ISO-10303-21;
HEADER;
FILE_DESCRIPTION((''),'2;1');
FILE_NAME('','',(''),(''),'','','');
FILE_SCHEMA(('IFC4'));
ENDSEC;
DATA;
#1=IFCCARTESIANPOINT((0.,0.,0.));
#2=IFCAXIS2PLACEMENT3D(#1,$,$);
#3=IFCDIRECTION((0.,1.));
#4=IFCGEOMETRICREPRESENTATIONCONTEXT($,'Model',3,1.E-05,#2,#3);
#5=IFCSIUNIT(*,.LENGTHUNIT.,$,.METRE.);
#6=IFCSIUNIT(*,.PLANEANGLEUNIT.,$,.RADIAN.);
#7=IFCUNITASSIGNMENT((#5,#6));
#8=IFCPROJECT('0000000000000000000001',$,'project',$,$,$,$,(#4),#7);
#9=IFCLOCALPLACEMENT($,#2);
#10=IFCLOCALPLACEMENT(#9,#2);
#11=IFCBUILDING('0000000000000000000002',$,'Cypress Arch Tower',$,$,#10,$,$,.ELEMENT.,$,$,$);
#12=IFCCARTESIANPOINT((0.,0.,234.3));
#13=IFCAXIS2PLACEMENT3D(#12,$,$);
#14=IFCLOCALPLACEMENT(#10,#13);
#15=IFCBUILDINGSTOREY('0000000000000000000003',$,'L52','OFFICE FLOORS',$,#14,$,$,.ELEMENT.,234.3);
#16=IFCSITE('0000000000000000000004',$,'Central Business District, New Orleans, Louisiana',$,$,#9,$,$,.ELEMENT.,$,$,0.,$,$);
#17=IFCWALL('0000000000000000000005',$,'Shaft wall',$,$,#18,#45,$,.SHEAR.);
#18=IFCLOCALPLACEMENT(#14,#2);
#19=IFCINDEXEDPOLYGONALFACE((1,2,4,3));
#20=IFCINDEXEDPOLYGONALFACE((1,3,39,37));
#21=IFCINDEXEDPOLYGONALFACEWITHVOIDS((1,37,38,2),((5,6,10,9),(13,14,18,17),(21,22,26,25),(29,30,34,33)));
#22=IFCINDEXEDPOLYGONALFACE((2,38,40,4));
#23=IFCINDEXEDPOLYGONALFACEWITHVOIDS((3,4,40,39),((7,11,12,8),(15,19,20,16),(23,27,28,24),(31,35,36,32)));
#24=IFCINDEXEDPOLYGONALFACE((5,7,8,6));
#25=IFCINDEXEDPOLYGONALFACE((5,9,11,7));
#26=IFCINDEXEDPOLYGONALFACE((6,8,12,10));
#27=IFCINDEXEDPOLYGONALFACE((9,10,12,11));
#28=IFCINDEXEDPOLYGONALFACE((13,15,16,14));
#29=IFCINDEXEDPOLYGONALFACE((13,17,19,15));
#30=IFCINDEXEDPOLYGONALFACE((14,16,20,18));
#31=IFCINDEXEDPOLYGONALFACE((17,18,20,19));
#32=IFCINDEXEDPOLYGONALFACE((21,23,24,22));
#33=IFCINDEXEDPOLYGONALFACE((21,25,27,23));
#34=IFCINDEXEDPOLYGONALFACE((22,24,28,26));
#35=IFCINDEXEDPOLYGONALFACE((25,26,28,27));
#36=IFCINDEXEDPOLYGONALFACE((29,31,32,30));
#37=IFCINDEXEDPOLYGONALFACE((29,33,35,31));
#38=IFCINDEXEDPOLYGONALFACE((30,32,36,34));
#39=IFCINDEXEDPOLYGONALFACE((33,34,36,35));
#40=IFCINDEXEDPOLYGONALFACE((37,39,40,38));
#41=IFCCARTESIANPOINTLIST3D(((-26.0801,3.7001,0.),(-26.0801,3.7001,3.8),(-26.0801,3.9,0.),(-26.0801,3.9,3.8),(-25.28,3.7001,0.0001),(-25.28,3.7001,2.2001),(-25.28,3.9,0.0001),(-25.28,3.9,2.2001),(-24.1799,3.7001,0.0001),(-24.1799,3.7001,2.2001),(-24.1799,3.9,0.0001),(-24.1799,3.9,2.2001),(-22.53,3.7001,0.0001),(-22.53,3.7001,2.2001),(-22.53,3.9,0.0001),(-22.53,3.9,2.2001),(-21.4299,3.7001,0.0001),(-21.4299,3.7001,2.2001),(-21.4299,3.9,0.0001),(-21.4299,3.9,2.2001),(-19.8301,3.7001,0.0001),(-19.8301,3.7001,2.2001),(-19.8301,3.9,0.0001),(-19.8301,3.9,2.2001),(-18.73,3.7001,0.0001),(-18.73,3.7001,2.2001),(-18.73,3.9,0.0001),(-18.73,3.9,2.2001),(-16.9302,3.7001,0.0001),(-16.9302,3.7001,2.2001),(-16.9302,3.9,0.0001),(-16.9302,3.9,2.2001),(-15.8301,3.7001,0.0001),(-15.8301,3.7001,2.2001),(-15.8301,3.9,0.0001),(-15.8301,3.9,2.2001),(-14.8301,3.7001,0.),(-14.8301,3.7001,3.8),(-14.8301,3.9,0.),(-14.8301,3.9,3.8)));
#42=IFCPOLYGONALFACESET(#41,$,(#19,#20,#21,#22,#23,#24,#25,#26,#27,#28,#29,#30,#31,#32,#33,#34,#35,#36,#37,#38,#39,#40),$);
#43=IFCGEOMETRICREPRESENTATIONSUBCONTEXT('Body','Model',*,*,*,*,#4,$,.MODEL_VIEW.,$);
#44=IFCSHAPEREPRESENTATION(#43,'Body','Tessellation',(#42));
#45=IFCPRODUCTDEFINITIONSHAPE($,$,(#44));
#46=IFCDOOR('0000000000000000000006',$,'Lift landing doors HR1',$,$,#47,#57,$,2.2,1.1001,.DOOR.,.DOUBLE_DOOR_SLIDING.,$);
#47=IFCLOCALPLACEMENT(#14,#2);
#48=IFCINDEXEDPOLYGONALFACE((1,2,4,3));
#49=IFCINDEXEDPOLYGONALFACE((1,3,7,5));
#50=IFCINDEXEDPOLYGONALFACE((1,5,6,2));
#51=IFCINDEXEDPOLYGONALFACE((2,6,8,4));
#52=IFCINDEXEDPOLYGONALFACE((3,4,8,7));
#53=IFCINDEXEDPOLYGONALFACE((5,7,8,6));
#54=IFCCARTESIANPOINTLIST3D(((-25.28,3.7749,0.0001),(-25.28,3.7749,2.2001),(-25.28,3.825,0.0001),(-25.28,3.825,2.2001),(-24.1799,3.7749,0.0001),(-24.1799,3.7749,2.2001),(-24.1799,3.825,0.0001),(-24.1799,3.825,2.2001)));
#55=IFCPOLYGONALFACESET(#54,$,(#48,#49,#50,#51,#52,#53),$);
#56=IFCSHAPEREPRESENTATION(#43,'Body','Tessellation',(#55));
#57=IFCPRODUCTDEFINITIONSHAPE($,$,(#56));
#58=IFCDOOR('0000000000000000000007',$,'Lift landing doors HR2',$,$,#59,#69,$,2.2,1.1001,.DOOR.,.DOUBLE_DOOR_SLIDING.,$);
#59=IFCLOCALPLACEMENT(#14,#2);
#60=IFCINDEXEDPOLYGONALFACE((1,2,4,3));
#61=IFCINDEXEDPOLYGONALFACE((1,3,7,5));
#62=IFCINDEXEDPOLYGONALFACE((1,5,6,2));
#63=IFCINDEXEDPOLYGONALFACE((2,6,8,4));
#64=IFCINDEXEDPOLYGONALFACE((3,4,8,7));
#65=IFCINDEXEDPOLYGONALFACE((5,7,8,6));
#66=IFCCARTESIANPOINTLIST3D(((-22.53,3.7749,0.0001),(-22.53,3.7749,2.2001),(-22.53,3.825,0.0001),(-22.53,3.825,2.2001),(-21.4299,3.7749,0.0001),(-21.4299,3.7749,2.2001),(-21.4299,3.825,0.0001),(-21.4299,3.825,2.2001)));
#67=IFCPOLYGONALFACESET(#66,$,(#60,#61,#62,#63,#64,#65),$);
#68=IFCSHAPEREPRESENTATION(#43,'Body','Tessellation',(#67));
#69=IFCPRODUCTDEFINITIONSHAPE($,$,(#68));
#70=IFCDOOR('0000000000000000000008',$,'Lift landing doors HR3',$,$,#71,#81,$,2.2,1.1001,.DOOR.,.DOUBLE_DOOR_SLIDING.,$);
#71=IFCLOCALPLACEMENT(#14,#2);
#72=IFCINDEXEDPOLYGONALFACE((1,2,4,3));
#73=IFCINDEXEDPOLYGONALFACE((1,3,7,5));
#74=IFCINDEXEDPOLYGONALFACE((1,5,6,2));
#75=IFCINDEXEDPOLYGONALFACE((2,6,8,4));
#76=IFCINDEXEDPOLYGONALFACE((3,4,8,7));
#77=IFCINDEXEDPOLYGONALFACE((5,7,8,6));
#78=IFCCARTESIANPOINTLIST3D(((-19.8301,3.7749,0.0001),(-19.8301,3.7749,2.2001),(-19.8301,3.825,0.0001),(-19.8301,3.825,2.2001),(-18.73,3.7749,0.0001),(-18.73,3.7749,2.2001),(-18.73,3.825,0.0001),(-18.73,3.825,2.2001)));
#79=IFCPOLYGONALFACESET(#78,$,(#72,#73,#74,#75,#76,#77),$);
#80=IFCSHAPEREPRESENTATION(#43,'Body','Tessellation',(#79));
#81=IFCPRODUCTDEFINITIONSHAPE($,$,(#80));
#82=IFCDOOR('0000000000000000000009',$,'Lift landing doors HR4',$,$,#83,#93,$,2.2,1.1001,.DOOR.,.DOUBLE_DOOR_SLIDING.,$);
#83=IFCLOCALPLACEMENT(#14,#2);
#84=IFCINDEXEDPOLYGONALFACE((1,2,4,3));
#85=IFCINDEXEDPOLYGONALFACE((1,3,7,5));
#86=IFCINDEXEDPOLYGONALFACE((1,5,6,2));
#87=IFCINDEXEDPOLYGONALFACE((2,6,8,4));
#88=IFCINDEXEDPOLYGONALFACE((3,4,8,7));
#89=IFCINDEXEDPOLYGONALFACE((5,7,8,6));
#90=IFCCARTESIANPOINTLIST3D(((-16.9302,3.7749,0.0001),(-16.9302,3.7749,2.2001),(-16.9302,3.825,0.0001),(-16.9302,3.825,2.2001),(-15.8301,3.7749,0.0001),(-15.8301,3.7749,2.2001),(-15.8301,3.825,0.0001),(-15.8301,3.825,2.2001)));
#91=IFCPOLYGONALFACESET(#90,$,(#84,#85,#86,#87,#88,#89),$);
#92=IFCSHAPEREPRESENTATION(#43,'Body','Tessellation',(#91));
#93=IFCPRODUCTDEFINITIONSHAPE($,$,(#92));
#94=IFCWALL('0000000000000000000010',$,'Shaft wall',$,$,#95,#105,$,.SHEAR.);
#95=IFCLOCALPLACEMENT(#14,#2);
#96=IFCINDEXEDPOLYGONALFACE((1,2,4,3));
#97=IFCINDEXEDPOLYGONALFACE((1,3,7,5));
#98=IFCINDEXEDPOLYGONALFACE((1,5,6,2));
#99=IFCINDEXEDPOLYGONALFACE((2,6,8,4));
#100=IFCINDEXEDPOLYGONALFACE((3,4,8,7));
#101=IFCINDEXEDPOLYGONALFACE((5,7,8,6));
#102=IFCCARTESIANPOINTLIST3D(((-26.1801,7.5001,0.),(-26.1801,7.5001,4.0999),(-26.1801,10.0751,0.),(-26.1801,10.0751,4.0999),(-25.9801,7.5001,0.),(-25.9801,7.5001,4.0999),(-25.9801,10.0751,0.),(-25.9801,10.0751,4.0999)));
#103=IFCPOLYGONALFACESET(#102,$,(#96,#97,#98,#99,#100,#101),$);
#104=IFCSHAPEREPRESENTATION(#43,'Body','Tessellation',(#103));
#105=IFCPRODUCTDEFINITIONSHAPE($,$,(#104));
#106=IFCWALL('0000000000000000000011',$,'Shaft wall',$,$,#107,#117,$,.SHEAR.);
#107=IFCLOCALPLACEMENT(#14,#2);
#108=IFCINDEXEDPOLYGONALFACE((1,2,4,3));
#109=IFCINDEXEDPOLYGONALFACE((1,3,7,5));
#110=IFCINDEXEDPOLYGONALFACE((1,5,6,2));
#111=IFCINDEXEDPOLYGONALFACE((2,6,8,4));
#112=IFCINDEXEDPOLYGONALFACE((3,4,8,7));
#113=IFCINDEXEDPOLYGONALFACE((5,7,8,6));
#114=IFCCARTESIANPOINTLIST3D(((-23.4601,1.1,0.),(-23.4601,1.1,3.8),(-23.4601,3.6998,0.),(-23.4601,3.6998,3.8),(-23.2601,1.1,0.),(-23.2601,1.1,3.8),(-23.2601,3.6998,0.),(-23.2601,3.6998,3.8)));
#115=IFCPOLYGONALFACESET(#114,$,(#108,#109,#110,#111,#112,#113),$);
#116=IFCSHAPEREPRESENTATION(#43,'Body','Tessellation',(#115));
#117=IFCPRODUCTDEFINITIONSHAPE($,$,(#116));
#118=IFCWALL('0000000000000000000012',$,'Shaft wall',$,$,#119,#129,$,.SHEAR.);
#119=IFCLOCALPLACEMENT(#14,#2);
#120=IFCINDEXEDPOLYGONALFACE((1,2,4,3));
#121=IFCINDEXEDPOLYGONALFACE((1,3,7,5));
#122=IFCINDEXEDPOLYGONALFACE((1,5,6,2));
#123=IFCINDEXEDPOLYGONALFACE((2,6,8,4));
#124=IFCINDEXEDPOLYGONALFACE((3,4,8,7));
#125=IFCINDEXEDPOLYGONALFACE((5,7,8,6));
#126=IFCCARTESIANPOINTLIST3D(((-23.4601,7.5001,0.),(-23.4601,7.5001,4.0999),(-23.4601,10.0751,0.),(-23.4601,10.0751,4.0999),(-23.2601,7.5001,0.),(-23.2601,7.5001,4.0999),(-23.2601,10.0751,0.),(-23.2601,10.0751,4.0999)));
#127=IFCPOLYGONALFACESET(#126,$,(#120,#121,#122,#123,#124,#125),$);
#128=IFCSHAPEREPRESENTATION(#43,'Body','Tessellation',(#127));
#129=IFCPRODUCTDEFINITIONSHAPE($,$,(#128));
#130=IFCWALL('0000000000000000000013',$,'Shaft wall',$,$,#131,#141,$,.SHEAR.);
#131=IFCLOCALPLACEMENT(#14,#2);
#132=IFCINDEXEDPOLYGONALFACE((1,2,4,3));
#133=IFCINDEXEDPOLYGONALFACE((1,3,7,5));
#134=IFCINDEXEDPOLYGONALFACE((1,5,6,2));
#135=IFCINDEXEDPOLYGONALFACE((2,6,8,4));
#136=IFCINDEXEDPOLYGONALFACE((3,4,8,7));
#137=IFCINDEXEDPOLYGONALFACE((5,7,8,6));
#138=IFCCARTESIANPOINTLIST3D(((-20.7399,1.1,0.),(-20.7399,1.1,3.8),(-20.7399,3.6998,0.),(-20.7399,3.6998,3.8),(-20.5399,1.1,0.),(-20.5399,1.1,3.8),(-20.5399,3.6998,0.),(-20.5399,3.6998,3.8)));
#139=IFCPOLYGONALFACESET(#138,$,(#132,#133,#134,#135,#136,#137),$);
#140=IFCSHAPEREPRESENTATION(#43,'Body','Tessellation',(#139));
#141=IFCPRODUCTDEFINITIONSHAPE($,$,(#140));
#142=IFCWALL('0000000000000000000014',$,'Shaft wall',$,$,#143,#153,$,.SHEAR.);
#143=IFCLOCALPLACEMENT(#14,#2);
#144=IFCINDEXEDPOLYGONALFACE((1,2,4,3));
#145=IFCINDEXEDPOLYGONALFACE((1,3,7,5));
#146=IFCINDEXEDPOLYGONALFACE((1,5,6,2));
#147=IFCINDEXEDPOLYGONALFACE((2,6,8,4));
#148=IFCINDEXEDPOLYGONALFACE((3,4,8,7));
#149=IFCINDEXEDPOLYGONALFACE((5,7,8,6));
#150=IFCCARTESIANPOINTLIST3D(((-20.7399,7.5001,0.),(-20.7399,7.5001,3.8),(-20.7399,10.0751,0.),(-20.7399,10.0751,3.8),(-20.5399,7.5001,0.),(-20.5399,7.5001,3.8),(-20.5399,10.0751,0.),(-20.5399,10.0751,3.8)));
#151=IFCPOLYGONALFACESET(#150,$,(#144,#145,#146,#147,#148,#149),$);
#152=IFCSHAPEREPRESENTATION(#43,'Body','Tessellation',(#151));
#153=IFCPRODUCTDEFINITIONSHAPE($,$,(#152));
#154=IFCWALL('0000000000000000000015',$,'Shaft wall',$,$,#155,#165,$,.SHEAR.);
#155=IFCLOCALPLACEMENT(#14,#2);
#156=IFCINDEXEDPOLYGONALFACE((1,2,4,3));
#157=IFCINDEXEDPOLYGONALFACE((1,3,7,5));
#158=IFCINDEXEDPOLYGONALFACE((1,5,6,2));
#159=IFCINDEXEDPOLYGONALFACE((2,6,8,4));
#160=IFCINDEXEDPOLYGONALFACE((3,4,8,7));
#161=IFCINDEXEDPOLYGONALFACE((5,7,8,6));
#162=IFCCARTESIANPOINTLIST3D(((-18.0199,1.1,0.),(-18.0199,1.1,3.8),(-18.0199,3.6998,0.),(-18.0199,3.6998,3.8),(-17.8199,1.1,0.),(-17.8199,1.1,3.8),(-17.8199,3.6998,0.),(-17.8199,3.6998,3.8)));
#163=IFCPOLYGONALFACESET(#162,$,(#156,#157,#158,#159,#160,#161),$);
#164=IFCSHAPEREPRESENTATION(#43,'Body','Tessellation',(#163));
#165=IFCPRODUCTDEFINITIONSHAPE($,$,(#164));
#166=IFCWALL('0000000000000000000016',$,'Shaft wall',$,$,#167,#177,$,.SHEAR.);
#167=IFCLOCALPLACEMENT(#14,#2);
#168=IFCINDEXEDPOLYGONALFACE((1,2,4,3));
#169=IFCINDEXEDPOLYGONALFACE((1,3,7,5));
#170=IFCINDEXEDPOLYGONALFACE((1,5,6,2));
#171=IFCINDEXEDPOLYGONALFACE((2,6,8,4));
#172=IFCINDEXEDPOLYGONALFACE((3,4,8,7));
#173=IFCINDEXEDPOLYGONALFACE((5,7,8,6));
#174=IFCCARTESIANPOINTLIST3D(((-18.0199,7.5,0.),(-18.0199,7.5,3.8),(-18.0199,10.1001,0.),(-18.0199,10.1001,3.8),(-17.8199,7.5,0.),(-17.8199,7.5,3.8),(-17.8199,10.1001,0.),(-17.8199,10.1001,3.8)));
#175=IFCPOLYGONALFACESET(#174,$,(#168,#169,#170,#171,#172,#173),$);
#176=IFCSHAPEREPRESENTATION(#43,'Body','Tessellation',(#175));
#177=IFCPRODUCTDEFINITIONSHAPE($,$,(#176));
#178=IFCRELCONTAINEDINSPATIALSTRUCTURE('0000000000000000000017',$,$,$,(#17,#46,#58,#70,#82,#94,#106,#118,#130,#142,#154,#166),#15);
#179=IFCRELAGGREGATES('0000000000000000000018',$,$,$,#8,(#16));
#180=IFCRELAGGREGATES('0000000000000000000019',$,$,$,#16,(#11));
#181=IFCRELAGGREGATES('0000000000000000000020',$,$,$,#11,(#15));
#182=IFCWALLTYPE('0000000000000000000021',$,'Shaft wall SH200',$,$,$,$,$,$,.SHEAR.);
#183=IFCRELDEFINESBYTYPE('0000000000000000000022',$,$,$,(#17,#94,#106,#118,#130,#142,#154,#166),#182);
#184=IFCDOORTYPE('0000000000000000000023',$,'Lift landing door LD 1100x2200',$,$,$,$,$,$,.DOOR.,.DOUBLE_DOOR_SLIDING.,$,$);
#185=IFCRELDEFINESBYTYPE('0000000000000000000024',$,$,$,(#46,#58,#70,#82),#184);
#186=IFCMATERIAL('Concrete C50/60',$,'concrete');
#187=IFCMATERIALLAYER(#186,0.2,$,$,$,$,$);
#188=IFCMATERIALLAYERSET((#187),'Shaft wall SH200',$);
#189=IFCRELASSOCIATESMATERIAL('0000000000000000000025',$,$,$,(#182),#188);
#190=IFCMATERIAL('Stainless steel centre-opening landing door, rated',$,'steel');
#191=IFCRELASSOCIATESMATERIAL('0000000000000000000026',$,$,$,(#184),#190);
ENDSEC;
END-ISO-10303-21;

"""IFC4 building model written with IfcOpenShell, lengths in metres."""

from ifc_helpers import new_model, si_unit, direction, frame, frame_2d, origin, place, context, subcontext, project, spatial, rectangle, extrude, material, layer, layer_set, type_object, element, fill, save


model = new_model("IFC4")

# Units and contexts
model_context = context("Model", 3, precision=1e-05, world=origin(), true_north=direction((0.0, 1.0)))
body_context = subcontext(model_context, "Body", "Model", "MODEL_VIEW")
ifc_project = project(units=[si_unit("LENGTHUNIT", "METRE"), si_unit("PLANEANGLEUNIT", "RADIAN")], contexts=[model_context])

# Site, building, storey
site_placement = place(None, origin())
site = spatial("IfcSite", under=ifc_project, at=site_placement, Name="Central Business District, New Orleans, Louisiana", CompositionType="ELEMENT", RefElevation=0.0)
building_placement = place(site_placement, origin())
building = spatial("IfcBuilding", under=site, at=building_placement, Name="Cypress Arch Tower", CompositionType="ELEMENT")
storey_placement = place(building_placement, frame((0.0, 0.0, 234.3)))
storey = spatial("IfcBuildingStorey", under=building, at=storey_placement, Name="L52", Description="OFFICE FLOORS", CompositionType="ELEMENT", Elevation=234.3)

# Shared definitions
ifc_material_1 = material(Name="Concrete C50/60", Category="concrete")
ifc_layer_1 = layer(ifc_material_1, 0.2)
ifc_layer_set_1 = layer_set([ifc_layer_1], Name="Shaft wall SH200")
wall_type_1 = type_object("IfcWallType", Name="Shaft wall SH200", PredefinedType="SHEAR", material=ifc_layer_set_1)
ifc_material_2 = material(Name="Stainless steel centre-opening landing door, rated", Category="steel")
door_type_1 = type_object("IfcDoorType", Name="Lift landing door LD 1100x2200", OperationType="DOUBLE_DOOR_SLIDING", PredefinedType="DOOR", material=ifc_material_2)

# Wall, openings, doors
wall_1_placement = place(storey_placement, frame((-26.0801, 3.8, 0.0), z_axis=(0.0, 0.0, 1.0), x_axis=(1.0, 0.0, 0.0)))
wall_1 = element("IfcWall", 1, at=wall_1_placement, inside=storey, type_object=wall_type_1, Name="Shaft wall", PredefinedType="SHEAR", context=body_context, shape_type="SweptSolid", body=[
    extrude(rectangle(XDim=11.25, YDim=0.2, at=frame_2d((5.625, 0.0))), origin(), (0.0, 0.0, 1.0), 3.8),
])
opening_1_placement = place(wall_1_placement, frame((0.8, 0.0, 0.0)))
opening_1 = element("IfcOpeningElement", 2, at=opening_1_placement, cuts=wall_1, PredefinedType="OPENING", context=body_context, shape_type="SweptSolid", body=[
    extrude(rectangle(XDim=1.1001, YDim=2.2, at=frame_2d((0.55, 1.1001))), frame((0.0, 0.1099, 0.0), z_axis=(0.0, -1.0, 0.0), x_axis=(1.0, 0.0, 0.0)), (0.0, 0.0, 1.0), 0.22),
])
opening_2_placement = place(wall_1_placement, frame((3.55, 0.0, 0.0)))
opening_2 = element("IfcOpeningElement", 3, at=opening_2_placement, cuts=wall_1, PredefinedType="OPENING", context=body_context, shape_type="SweptSolid", body=[
    extrude(rectangle(XDim=1.1001, YDim=2.2, at=frame_2d((0.55, 1.1001))), frame((0.0, 0.1099, 0.0), z_axis=(0.0, -1.0, 0.0), x_axis=(1.0, 0.0, 0.0)), (0.0, 0.0, 1.0), 0.22),
])
opening_3_placement = place(wall_1_placement, frame((6.25, 0.0, 0.0)))
opening_3 = element("IfcOpeningElement", 4, at=opening_3_placement, cuts=wall_1, PredefinedType="OPENING", context=body_context, shape_type="SweptSolid", body=[
    extrude(rectangle(XDim=1.1001, YDim=2.2, at=frame_2d((0.55, 1.1001))), frame((0.0, 0.1099, 0.0), z_axis=(0.0, -1.0, 0.0), x_axis=(1.0, 0.0, 0.0)), (0.0, 0.0, 1.0), 0.22),
])
opening_4_placement = place(wall_1_placement, frame((9.1499, 0.0, 0.0)))
opening_4 = element("IfcOpeningElement", 5, at=opening_4_placement, cuts=wall_1, PredefinedType="OPENING", context=body_context, shape_type="SweptSolid", body=[
    extrude(rectangle(XDim=1.1001, YDim=2.2, at=frame_2d((0.55, 1.1001))), frame((0.0, 0.1099, 0.0), z_axis=(0.0, -1.0, 0.0), x_axis=(1.0, 0.0, 0.0)), (0.0, 0.0, 1.0), 0.22),
])
door_1_placement = place(opening_1_placement, origin())
door_1 = element("IfcDoor", 6, at=door_1_placement, inside=storey, type_object=door_type_1, Name="Lift landing doors HR1", OperationType="DOUBLE_DOOR_SLIDING", OverallHeight=2.2, OverallWidth=1.1001, PredefinedType="DOOR", context=body_context, shape_type="SweptSolid", body=[
    extrude(rectangle(XDim=1.1001, YDim=2.2, at=frame_2d((0.55, 1.1001))), frame((0.0, 0.0249, 0.0), z_axis=(0.0, -1.0, 0.0), x_axis=(1.0, 0.0, 0.0)), (0.0, 0.0, 1.0), 0.05),
])
fill(opening_1, door_1)
door_2_placement = place(opening_2_placement, origin())
door_2 = element("IfcDoor", 7, at=door_2_placement, inside=storey, type_object=door_type_1, Name="Lift landing doors HR2", OperationType="DOUBLE_DOOR_SLIDING", OverallHeight=2.2, OverallWidth=1.1001, PredefinedType="DOOR", context=body_context, shape_type="SweptSolid", body=[
    extrude(rectangle(XDim=1.1001, YDim=2.2, at=frame_2d((0.55, 1.1001))), frame((0.0, 0.0249, 0.0), z_axis=(0.0, -1.0, 0.0), x_axis=(1.0, 0.0, 0.0)), (0.0, 0.0, 1.0), 0.05),
])
fill(opening_2, door_2)
door_3_placement = place(opening_3_placement, origin())
door_3 = element("IfcDoor", 8, at=door_3_placement, inside=storey, type_object=door_type_1, Name="Lift landing doors HR3", OperationType="DOUBLE_DOOR_SLIDING", OverallHeight=2.2, OverallWidth=1.1001, PredefinedType="DOOR", context=body_context, shape_type="SweptSolid", body=[
    extrude(rectangle(XDim=1.1001, YDim=2.2, at=frame_2d((0.55, 1.1001))), frame((0.0, 0.0249, 0.0), z_axis=(0.0, -1.0, 0.0), x_axis=(1.0, 0.0, 0.0)), (0.0, 0.0, 1.0), 0.05),
])
fill(opening_3, door_3)
door_4_placement = place(opening_4_placement, origin())
door_4 = element("IfcDoor", 9, at=door_4_placement, inside=storey, type_object=door_type_1, Name="Lift landing doors HR4", OperationType="DOUBLE_DOOR_SLIDING", OverallHeight=2.2, OverallWidth=1.1001, PredefinedType="DOOR", context=body_context, shape_type="SweptSolid", body=[
    extrude(rectangle(XDim=1.1001, YDim=2.2, at=frame_2d((0.55, 1.1001))), frame((0.0, 0.0249, 0.0), z_axis=(0.0, -1.0, 0.0), x_axis=(1.0, 0.0, 0.0)), (0.0, 0.0, 1.0), 0.05),
])
fill(opening_4, door_4)

# Walls
wall_2_placement = place(storey_placement, frame((-26.0801, 7.5, 0.0), z_axis=(0.0, 0.0, 1.0), x_axis=(0.0, 1.0, 0.0)))
element("IfcWall", 10, at=wall_2_placement, inside=storey, type_object=wall_type_1, Name="Shaft wall", PredefinedType="SHEAR", context=body_context, shape_type="SweptSolid", body=[
    extrude(rectangle(XDim=2.575, YDim=0.2, at=frame_2d((1.2876, 0.0))), origin(), (0.0, 0.0, 1.0), 4.0999),
])
wall_3_placement = place(storey_placement, frame((-23.3601, 1.1001, 0.0), z_axis=(0.0, 0.0, 1.0), x_axis=(0.0, 1.0, 0.0)))
element("IfcWall", 11, at=wall_3_placement, inside=storey, type_object=wall_type_1, Name="Shaft wall", PredefinedType="SHEAR", context=body_context, shape_type="SweptSolid", body=[
    extrude(rectangle(XDim=2.5999, YDim=0.2, at=frame_2d((1.2998, 0.0))), origin(), (0.0, 0.0, 1.0), 3.8),
])
wall_4_placement = place(storey_placement, frame((-23.3601, 7.5, 0.0), z_axis=(0.0, 0.0, 1.0), x_axis=(0.0, 1.0, 0.0)))
element("IfcWall", 12, at=wall_4_placement, inside=storey, type_object=wall_type_1, Name="Shaft wall", PredefinedType="SHEAR", context=body_context, shape_type="SweptSolid", body=[
    extrude(rectangle(XDim=2.575, YDim=0.2, at=frame_2d((1.2876, 0.0))), origin(), (0.0, 0.0, 1.0), 4.0999),
])
wall_5_placement = place(storey_placement, frame((-20.6399, 1.1001, 0.0), z_axis=(0.0, 0.0, 1.0), x_axis=(0.0, 1.0, 0.0)))
element("IfcWall", 13, at=wall_5_placement, inside=storey, type_object=wall_type_1, Name="Shaft wall", PredefinedType="SHEAR", context=body_context, shape_type="SweptSolid", body=[
    extrude(rectangle(XDim=2.5999, YDim=0.2, at=frame_2d((1.2998, 0.0))), origin(), (0.0, 0.0, 1.0), 3.8),
])
wall_6_placement = place(storey_placement, frame((-20.6399, 7.5, 0.0), z_axis=(0.0, 0.0, 1.0), x_axis=(0.0, 1.0, 0.0)))
element("IfcWall", 14, at=wall_6_placement, inside=storey, type_object=wall_type_1, Name="Shaft wall", PredefinedType="SHEAR", context=body_context, shape_type="SweptSolid", body=[
    extrude(rectangle(XDim=2.575, YDim=0.2, at=frame_2d((1.2876, 0.0))), origin(), (0.0, 0.0, 1.0), 3.8),
])
wall_7_placement = place(storey_placement, frame((-17.9199, 1.1001, 0.0), z_axis=(0.0, 0.0, 1.0), x_axis=(0.0, 1.0, 0.0)))
element("IfcWall", 15, at=wall_7_placement, inside=storey, type_object=wall_type_1, Name="Shaft wall", PredefinedType="SHEAR", context=body_context, shape_type="SweptSolid", body=[
    extrude(rectangle(XDim=2.5999, YDim=0.2, at=frame_2d((1.2998, 0.0))), origin(), (0.0, 0.0, 1.0), 3.8),
])
wall_8_placement = place(storey_placement, frame((-17.9199, 7.5, 0.0), z_axis=(0.0, 0.0, 1.0), x_axis=(0.0, 1.0, 0.0)))
element("IfcWall", 16, at=wall_8_placement, inside=storey, type_object=wall_type_1, Name="Shaft wall", PredefinedType="SHEAR", context=body_context, shape_type="SweptSolid", body=[
    extrude(rectangle(XDim=2.6001, YDim=0.2, at=frame_2d((1.3, 0.0))), origin(), (0.0, 0.0, 1.0), 3.8),
])

save(model, "model.ifc")
